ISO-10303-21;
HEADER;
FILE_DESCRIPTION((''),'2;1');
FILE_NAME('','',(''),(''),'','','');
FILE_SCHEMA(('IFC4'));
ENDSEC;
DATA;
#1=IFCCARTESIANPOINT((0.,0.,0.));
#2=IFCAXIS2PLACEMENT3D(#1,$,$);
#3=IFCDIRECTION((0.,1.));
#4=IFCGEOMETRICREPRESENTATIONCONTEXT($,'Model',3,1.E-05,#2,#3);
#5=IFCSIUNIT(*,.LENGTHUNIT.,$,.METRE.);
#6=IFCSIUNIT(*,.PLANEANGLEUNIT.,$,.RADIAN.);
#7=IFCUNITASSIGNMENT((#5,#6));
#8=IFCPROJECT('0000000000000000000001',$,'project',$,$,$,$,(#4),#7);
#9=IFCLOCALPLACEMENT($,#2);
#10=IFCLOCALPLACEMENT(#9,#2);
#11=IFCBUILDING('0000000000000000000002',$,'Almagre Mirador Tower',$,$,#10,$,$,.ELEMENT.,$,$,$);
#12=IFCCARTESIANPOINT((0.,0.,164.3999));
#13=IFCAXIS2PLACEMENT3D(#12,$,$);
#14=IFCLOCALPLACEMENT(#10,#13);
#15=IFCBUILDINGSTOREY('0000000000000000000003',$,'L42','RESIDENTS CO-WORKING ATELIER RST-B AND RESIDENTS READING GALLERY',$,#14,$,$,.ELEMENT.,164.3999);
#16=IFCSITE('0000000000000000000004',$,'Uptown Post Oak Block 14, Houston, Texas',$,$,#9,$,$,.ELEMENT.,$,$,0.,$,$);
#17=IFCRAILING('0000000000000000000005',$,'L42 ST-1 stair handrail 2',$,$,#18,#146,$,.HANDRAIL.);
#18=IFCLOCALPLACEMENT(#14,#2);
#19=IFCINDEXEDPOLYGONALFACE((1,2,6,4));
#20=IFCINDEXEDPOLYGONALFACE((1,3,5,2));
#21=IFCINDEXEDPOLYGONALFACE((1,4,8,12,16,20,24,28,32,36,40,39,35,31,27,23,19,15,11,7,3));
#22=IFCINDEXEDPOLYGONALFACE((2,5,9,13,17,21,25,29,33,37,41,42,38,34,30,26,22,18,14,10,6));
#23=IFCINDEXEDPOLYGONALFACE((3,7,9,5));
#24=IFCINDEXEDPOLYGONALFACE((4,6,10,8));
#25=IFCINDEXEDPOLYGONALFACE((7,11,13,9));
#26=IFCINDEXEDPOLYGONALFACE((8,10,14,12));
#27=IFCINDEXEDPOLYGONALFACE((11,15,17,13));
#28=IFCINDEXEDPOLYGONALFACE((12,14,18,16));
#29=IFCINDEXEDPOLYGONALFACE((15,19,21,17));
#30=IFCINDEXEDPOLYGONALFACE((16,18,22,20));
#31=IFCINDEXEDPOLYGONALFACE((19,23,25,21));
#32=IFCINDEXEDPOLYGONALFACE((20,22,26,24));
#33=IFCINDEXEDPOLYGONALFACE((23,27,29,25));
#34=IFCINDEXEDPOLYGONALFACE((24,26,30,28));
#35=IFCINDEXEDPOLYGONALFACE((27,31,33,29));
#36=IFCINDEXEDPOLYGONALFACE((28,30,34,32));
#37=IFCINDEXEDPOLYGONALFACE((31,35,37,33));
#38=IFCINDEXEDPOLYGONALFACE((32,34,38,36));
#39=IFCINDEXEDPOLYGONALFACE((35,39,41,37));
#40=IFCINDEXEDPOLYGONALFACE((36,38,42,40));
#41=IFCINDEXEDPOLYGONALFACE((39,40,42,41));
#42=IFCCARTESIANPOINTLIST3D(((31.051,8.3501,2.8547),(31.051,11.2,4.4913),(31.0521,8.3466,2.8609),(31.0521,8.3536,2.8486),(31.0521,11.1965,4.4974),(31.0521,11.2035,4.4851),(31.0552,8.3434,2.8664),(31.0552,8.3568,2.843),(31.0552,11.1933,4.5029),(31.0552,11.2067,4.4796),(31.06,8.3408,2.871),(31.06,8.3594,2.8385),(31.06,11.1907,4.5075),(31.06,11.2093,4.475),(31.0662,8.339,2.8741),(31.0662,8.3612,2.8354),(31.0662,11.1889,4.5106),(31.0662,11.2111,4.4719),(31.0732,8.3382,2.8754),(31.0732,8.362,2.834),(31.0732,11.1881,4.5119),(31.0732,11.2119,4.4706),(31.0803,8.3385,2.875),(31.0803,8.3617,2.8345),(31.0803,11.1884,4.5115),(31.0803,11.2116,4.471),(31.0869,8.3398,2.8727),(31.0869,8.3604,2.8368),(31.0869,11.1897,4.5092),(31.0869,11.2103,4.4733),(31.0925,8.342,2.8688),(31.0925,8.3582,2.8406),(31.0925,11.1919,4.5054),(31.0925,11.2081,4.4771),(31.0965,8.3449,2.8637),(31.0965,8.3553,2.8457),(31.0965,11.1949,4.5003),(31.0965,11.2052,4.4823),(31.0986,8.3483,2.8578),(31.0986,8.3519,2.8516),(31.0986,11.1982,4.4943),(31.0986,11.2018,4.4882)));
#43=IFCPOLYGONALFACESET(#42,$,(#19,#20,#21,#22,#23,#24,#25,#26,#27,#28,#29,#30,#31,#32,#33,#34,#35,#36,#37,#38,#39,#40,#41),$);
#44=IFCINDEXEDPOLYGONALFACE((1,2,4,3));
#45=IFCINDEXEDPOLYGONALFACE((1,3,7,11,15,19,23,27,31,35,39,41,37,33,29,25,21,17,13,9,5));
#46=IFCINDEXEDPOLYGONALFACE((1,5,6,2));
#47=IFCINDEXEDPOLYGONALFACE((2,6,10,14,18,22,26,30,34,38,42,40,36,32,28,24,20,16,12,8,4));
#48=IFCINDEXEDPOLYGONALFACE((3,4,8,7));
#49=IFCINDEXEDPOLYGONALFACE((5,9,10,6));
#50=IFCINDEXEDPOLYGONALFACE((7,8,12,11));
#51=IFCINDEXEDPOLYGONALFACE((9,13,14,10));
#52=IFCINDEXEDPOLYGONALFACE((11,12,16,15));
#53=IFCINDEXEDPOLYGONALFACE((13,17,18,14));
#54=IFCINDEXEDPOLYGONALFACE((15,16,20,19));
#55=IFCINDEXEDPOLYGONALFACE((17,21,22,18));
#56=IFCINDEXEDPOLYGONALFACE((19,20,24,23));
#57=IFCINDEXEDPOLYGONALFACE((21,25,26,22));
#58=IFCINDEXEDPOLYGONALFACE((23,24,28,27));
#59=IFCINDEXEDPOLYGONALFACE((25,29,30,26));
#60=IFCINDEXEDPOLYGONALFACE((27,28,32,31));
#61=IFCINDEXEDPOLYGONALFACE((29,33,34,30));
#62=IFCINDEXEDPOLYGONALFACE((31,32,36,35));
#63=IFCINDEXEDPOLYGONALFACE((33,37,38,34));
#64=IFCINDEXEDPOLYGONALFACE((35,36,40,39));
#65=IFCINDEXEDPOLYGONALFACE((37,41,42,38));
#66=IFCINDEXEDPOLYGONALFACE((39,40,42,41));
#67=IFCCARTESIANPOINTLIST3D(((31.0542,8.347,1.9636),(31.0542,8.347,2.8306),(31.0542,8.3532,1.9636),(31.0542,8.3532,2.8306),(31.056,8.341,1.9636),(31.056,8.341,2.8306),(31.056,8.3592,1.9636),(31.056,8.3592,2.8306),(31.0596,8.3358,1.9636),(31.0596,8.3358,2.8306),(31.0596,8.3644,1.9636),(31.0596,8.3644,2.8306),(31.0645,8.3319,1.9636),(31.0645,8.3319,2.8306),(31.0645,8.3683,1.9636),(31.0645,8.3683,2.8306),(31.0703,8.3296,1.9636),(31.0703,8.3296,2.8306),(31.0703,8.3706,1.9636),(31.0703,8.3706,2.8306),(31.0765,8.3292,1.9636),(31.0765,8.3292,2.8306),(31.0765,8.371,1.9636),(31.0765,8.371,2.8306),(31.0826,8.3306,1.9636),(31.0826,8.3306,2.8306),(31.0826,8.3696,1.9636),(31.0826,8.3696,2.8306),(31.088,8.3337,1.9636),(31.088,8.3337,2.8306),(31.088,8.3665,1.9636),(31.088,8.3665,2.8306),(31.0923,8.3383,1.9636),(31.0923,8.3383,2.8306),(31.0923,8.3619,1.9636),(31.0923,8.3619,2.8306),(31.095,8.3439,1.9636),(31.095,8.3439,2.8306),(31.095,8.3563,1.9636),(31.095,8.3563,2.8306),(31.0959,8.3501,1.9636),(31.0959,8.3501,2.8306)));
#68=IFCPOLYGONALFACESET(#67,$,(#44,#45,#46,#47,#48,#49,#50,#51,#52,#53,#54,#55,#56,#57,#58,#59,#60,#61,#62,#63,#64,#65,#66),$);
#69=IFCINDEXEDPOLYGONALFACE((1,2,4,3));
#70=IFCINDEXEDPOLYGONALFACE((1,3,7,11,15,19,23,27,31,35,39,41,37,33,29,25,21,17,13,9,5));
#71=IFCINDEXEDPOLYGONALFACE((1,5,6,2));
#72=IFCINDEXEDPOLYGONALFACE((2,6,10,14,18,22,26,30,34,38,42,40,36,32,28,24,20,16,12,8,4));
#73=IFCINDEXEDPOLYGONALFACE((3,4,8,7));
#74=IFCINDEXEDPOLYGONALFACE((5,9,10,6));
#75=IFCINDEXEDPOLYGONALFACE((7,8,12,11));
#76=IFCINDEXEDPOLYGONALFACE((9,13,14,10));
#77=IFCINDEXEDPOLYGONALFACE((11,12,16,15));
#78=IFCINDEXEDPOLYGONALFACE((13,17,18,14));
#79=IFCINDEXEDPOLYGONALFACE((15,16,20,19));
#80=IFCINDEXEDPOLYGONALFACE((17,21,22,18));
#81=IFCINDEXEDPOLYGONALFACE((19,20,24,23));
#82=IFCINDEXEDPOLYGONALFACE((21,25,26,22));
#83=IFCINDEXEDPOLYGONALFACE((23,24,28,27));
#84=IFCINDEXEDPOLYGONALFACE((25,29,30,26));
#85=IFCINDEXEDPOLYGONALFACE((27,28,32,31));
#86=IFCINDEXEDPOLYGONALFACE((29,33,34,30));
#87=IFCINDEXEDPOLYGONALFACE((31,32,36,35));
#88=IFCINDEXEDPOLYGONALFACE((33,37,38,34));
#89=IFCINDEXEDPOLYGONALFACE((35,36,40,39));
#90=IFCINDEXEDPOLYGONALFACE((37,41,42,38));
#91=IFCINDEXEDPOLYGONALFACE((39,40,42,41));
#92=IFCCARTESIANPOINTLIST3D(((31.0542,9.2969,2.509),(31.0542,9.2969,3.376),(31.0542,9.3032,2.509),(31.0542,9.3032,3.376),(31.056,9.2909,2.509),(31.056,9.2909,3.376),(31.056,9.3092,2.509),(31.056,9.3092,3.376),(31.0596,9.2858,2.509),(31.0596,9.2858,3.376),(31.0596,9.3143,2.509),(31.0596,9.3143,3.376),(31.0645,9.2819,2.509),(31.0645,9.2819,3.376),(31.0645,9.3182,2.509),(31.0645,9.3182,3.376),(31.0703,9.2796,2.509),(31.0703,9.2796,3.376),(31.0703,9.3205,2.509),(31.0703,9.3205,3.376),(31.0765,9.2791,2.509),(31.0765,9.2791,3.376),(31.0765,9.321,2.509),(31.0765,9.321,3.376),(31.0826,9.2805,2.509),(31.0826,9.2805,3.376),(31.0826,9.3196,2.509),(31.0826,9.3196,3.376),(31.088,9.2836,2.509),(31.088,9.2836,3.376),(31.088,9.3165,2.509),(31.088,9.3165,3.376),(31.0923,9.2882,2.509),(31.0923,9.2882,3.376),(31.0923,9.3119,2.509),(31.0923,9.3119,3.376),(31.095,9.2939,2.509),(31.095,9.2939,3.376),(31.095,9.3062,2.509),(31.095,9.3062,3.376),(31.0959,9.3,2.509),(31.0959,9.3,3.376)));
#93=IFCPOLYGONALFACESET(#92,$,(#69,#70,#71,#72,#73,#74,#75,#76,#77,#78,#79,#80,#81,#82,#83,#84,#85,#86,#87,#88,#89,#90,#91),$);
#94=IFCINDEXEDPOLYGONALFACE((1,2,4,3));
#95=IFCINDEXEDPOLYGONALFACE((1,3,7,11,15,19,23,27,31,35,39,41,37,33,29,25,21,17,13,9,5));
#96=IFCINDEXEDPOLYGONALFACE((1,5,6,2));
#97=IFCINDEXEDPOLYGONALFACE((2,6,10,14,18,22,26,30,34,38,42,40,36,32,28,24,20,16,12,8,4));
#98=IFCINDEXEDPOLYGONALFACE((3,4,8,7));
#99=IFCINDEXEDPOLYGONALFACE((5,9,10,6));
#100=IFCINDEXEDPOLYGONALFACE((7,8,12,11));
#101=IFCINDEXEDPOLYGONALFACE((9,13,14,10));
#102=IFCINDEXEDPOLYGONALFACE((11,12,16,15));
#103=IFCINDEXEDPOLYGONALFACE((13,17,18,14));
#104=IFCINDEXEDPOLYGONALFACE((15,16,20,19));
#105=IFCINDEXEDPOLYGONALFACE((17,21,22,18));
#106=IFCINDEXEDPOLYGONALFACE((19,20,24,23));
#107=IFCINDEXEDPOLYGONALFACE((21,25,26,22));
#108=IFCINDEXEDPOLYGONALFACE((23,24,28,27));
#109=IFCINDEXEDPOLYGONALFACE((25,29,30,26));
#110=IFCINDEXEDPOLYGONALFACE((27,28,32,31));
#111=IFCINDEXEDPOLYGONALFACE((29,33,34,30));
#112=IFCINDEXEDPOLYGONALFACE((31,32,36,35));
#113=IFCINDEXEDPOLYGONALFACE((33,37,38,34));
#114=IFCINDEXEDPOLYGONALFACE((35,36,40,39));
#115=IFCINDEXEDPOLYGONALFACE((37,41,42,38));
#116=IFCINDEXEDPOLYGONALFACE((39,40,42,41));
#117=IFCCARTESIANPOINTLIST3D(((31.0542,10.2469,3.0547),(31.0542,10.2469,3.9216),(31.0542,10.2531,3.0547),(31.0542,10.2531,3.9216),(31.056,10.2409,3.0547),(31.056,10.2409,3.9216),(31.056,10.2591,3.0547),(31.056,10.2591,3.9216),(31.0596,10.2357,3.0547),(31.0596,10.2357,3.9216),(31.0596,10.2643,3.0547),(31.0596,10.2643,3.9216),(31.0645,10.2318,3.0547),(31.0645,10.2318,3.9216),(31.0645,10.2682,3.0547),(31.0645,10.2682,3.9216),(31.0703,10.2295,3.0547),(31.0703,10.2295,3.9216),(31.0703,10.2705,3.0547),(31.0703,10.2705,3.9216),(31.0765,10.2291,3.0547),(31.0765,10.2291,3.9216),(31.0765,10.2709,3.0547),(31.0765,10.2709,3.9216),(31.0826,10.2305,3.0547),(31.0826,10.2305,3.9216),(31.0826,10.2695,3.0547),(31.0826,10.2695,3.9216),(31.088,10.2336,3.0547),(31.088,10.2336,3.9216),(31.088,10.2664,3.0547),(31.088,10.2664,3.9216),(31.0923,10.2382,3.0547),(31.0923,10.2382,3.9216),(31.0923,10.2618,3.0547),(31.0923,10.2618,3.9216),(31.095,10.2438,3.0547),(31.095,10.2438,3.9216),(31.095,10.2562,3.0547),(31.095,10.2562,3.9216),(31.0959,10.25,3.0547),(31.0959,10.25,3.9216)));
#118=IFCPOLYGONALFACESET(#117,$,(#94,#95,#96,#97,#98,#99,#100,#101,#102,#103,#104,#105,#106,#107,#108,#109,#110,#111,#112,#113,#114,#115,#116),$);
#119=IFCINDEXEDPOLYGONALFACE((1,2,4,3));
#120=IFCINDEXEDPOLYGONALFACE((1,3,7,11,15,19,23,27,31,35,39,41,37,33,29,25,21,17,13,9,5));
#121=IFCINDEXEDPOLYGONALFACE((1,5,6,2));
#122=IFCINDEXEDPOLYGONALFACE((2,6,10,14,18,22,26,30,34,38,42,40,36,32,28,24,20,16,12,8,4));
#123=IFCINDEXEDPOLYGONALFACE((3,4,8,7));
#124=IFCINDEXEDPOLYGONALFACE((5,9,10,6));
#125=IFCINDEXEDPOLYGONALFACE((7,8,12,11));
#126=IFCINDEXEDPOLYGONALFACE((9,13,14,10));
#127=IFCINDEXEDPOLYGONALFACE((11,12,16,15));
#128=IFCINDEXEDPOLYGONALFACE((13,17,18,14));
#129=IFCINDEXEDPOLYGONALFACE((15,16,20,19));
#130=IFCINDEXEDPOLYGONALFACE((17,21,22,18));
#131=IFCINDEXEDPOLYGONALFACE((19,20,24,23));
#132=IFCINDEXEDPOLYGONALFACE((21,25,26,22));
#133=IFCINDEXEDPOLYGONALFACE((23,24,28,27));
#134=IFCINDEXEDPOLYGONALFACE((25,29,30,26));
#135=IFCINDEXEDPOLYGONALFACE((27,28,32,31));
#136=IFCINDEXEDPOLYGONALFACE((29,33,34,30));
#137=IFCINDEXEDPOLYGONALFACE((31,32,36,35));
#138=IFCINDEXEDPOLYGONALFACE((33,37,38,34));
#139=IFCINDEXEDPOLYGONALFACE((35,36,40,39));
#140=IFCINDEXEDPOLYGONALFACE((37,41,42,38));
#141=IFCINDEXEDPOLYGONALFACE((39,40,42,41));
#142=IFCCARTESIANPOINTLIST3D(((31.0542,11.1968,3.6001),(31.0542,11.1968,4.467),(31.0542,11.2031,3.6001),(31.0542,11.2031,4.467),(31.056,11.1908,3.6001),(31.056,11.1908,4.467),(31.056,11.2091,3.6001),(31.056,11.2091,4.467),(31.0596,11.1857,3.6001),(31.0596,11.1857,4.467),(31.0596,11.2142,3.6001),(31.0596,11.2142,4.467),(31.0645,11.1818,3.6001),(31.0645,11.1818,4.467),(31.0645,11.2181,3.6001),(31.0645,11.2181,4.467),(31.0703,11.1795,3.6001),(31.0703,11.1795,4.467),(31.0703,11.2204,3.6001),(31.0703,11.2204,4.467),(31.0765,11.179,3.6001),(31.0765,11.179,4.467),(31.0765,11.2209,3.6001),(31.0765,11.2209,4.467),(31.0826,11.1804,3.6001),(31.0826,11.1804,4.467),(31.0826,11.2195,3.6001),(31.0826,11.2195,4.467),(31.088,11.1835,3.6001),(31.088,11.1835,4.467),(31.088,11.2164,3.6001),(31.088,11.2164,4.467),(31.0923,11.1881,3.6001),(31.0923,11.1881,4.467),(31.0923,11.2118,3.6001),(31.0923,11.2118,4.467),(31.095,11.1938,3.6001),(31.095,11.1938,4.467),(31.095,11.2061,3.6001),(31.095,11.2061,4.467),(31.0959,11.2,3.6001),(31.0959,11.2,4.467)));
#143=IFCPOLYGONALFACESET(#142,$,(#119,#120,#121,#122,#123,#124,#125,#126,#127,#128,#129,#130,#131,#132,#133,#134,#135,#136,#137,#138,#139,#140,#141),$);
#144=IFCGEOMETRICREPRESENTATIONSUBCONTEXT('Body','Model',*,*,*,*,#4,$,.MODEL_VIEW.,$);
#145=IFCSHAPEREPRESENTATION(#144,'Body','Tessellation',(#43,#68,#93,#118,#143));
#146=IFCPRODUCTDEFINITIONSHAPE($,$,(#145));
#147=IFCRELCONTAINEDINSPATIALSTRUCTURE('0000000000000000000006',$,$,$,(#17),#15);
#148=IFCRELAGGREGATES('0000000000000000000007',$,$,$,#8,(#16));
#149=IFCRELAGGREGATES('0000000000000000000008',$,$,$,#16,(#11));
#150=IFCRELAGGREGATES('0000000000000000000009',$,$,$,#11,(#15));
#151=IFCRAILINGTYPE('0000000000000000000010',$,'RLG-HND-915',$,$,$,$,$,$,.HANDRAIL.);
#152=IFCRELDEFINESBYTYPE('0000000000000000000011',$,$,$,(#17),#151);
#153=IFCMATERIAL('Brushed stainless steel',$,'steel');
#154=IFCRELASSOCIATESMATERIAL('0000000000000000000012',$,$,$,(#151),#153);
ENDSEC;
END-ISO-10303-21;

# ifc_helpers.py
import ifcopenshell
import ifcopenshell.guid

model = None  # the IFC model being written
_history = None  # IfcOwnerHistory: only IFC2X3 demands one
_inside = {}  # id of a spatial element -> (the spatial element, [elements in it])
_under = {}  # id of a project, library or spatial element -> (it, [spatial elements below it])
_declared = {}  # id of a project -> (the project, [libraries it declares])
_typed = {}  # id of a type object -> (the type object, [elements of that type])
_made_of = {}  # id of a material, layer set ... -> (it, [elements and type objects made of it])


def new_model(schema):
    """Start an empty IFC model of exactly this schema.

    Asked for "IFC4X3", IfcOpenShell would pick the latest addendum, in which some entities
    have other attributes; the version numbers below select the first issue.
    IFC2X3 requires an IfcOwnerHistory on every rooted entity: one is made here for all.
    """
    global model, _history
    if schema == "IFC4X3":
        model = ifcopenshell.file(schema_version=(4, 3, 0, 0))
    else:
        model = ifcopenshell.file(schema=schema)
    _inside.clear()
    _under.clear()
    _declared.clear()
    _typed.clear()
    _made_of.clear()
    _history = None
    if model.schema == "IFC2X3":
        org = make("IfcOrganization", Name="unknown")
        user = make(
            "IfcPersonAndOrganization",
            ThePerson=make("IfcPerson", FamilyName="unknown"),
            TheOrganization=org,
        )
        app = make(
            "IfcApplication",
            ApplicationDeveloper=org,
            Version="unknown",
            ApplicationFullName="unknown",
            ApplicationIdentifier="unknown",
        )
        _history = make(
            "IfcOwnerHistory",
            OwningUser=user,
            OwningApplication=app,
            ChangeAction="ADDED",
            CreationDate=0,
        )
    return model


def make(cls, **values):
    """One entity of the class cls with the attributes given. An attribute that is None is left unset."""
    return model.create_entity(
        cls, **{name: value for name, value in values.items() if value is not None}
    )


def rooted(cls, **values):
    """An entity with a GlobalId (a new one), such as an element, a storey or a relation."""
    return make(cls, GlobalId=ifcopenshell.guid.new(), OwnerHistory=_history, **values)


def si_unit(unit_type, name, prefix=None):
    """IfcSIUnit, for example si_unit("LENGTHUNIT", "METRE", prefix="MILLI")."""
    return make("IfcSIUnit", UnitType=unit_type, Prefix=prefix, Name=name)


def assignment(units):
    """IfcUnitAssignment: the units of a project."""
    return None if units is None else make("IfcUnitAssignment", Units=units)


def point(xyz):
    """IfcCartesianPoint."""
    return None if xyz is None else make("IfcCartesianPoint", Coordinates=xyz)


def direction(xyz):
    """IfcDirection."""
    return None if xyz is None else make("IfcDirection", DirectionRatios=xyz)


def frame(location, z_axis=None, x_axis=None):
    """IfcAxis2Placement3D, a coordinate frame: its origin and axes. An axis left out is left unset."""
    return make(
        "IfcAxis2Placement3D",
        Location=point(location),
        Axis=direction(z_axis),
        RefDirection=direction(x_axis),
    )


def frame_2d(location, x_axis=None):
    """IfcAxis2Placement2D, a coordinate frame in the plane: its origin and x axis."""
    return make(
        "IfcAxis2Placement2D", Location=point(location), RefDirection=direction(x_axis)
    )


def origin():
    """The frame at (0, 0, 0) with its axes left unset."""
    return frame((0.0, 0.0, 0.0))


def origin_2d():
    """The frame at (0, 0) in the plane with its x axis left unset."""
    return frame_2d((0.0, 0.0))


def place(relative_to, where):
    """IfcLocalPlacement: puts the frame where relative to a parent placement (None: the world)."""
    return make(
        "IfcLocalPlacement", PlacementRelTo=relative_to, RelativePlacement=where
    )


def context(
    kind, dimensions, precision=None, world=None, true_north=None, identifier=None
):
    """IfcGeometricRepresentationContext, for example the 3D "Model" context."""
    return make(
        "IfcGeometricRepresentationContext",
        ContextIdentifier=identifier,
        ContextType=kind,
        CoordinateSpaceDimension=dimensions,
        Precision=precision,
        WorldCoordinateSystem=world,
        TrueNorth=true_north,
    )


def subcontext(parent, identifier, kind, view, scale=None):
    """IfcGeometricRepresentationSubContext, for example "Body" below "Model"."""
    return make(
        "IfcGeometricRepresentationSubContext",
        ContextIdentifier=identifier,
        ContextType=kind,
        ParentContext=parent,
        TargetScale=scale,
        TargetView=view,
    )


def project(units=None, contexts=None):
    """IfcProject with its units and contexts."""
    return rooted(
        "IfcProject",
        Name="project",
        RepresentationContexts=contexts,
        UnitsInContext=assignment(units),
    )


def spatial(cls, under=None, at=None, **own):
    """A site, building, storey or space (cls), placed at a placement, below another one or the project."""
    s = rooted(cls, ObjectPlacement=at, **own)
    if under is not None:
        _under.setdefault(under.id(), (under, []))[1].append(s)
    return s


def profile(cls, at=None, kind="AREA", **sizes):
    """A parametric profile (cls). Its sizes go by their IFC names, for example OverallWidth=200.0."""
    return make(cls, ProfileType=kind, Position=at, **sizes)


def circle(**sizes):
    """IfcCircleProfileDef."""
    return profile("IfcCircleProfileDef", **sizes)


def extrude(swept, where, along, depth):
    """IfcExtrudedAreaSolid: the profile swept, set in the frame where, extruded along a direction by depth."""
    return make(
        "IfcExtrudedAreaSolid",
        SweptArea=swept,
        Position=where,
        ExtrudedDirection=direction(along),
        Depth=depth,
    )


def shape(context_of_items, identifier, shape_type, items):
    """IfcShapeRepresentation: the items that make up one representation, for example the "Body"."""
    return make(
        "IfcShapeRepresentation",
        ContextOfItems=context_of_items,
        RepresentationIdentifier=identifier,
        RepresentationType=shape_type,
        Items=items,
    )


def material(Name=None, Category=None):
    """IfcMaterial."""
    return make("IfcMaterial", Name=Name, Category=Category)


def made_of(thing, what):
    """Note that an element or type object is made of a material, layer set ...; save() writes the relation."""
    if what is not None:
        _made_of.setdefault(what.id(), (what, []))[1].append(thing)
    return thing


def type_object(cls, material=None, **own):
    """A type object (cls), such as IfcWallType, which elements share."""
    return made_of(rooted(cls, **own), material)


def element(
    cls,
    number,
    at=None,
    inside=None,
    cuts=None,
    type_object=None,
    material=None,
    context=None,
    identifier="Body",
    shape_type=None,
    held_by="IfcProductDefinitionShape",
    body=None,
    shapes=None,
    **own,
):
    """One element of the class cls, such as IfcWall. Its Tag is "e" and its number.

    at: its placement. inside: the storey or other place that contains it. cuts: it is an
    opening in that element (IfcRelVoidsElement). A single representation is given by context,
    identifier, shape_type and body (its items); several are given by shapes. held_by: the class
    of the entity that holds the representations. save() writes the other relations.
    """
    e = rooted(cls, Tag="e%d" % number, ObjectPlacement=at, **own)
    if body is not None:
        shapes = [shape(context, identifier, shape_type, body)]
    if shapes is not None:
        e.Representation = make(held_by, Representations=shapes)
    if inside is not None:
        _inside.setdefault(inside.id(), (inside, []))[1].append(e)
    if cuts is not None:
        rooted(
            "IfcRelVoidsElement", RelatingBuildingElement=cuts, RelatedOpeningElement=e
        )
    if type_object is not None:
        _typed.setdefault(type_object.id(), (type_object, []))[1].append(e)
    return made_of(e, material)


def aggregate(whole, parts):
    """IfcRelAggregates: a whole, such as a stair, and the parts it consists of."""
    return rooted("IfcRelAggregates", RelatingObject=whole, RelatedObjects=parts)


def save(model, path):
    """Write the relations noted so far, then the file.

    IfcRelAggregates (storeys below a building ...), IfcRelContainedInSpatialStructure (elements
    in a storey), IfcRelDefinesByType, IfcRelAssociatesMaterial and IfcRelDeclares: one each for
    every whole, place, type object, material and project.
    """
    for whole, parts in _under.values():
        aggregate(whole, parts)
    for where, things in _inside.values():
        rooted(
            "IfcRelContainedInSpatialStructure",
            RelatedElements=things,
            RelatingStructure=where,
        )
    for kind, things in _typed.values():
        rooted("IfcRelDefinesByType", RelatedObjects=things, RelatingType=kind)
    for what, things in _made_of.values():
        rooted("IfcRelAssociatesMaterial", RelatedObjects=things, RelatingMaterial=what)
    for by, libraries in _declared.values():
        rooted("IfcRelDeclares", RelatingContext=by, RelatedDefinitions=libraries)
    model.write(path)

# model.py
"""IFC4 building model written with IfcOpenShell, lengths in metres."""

from ifc_helpers import new_model, si_unit, direction, frame, origin, origin_2d, place, context, subcontext, project, spatial, circle, extrude, material, type_object, element, save


model = new_model("IFC4")

# Units and contexts
model_context = context("Model", 3, precision=1e-05, world=origin(), true_north=direction((0.0, 1.0)))
body_context = subcontext(model_context, "Body", "Model", "MODEL_VIEW")
ifc_project = project(units=[si_unit("LENGTHUNIT", "METRE"), si_unit("PLANEANGLEUNIT", "RADIAN")], contexts=[model_context])

# Site, building, storey
site_placement = place(None, origin())
site = spatial("IfcSite", under=ifc_project, at=site_placement, Name="Uptown Post Oak Block 14, Houston, Texas", CompositionType="ELEMENT", RefElevation=0.0)
building_placement = place(site_placement, origin())
building = spatial("IfcBuilding", under=site, at=building_placement, Name="Almagre Mirador Tower", CompositionType="ELEMENT")
storey_placement = place(building_placement, frame((0.0, 0.0, 164.3999)))
storey = spatial("IfcBuildingStorey", under=building, at=storey_placement, Name="L42", Description="RESIDENTS CO-WORKING ATELIER RST-B AND RESIDENTS READING GALLERY", CompositionType="ELEMENT", Elevation=164.3999)

# Railing
ifc_material_1 = material(Name="Brushed stainless steel", Category="steel")
railing_type_1 = type_object("IfcRailingType", Name="RLG-HND-915", PredefinedType="HANDRAIL", material=ifc_material_1)
railing_1_placement = place(storey_placement, frame((31.075, 8.3501, 1.9636)))
element("IfcRailing", 1, at=railing_1_placement, inside=storey, type_object=railing_type_1, Name="L42 ST-1 stair handrail 2", PredefinedType="HANDRAIL", context=body_context, shape_type="SweptSolid", body=[
    extrude(circle(Radius=0.0239, at=origin_2d()), frame((0.0, 0.0, 0.8911), z_axis=(0.0, 0.867194, 0.49797), x_axis=(-1.0, 0.0, 0.0)), (0.0, 0.0, 1.0), 3.2864),
    extrude(circle(Radius=0.021, at=origin_2d()), origin(), (0.0, 0.0, 1.0), 0.8669),
    extrude(circle(Radius=0.021, at=origin_2d()), frame((0.0, 0.95, 0.5454)), (0.0, 0.0, 1.0), 0.8669),
    extrude(circle(Radius=0.021, at=origin_2d()), frame((0.0, 1.8999, 1.0911)), (0.0, 0.0, 1.0), 0.8669),
    extrude(circle(Radius=0.021, at=origin_2d()), frame((0.0, 2.8499, 1.6365)), (0.0, 0.0, 1.0), 0.8669),
])

save(model, "model.ifc")
